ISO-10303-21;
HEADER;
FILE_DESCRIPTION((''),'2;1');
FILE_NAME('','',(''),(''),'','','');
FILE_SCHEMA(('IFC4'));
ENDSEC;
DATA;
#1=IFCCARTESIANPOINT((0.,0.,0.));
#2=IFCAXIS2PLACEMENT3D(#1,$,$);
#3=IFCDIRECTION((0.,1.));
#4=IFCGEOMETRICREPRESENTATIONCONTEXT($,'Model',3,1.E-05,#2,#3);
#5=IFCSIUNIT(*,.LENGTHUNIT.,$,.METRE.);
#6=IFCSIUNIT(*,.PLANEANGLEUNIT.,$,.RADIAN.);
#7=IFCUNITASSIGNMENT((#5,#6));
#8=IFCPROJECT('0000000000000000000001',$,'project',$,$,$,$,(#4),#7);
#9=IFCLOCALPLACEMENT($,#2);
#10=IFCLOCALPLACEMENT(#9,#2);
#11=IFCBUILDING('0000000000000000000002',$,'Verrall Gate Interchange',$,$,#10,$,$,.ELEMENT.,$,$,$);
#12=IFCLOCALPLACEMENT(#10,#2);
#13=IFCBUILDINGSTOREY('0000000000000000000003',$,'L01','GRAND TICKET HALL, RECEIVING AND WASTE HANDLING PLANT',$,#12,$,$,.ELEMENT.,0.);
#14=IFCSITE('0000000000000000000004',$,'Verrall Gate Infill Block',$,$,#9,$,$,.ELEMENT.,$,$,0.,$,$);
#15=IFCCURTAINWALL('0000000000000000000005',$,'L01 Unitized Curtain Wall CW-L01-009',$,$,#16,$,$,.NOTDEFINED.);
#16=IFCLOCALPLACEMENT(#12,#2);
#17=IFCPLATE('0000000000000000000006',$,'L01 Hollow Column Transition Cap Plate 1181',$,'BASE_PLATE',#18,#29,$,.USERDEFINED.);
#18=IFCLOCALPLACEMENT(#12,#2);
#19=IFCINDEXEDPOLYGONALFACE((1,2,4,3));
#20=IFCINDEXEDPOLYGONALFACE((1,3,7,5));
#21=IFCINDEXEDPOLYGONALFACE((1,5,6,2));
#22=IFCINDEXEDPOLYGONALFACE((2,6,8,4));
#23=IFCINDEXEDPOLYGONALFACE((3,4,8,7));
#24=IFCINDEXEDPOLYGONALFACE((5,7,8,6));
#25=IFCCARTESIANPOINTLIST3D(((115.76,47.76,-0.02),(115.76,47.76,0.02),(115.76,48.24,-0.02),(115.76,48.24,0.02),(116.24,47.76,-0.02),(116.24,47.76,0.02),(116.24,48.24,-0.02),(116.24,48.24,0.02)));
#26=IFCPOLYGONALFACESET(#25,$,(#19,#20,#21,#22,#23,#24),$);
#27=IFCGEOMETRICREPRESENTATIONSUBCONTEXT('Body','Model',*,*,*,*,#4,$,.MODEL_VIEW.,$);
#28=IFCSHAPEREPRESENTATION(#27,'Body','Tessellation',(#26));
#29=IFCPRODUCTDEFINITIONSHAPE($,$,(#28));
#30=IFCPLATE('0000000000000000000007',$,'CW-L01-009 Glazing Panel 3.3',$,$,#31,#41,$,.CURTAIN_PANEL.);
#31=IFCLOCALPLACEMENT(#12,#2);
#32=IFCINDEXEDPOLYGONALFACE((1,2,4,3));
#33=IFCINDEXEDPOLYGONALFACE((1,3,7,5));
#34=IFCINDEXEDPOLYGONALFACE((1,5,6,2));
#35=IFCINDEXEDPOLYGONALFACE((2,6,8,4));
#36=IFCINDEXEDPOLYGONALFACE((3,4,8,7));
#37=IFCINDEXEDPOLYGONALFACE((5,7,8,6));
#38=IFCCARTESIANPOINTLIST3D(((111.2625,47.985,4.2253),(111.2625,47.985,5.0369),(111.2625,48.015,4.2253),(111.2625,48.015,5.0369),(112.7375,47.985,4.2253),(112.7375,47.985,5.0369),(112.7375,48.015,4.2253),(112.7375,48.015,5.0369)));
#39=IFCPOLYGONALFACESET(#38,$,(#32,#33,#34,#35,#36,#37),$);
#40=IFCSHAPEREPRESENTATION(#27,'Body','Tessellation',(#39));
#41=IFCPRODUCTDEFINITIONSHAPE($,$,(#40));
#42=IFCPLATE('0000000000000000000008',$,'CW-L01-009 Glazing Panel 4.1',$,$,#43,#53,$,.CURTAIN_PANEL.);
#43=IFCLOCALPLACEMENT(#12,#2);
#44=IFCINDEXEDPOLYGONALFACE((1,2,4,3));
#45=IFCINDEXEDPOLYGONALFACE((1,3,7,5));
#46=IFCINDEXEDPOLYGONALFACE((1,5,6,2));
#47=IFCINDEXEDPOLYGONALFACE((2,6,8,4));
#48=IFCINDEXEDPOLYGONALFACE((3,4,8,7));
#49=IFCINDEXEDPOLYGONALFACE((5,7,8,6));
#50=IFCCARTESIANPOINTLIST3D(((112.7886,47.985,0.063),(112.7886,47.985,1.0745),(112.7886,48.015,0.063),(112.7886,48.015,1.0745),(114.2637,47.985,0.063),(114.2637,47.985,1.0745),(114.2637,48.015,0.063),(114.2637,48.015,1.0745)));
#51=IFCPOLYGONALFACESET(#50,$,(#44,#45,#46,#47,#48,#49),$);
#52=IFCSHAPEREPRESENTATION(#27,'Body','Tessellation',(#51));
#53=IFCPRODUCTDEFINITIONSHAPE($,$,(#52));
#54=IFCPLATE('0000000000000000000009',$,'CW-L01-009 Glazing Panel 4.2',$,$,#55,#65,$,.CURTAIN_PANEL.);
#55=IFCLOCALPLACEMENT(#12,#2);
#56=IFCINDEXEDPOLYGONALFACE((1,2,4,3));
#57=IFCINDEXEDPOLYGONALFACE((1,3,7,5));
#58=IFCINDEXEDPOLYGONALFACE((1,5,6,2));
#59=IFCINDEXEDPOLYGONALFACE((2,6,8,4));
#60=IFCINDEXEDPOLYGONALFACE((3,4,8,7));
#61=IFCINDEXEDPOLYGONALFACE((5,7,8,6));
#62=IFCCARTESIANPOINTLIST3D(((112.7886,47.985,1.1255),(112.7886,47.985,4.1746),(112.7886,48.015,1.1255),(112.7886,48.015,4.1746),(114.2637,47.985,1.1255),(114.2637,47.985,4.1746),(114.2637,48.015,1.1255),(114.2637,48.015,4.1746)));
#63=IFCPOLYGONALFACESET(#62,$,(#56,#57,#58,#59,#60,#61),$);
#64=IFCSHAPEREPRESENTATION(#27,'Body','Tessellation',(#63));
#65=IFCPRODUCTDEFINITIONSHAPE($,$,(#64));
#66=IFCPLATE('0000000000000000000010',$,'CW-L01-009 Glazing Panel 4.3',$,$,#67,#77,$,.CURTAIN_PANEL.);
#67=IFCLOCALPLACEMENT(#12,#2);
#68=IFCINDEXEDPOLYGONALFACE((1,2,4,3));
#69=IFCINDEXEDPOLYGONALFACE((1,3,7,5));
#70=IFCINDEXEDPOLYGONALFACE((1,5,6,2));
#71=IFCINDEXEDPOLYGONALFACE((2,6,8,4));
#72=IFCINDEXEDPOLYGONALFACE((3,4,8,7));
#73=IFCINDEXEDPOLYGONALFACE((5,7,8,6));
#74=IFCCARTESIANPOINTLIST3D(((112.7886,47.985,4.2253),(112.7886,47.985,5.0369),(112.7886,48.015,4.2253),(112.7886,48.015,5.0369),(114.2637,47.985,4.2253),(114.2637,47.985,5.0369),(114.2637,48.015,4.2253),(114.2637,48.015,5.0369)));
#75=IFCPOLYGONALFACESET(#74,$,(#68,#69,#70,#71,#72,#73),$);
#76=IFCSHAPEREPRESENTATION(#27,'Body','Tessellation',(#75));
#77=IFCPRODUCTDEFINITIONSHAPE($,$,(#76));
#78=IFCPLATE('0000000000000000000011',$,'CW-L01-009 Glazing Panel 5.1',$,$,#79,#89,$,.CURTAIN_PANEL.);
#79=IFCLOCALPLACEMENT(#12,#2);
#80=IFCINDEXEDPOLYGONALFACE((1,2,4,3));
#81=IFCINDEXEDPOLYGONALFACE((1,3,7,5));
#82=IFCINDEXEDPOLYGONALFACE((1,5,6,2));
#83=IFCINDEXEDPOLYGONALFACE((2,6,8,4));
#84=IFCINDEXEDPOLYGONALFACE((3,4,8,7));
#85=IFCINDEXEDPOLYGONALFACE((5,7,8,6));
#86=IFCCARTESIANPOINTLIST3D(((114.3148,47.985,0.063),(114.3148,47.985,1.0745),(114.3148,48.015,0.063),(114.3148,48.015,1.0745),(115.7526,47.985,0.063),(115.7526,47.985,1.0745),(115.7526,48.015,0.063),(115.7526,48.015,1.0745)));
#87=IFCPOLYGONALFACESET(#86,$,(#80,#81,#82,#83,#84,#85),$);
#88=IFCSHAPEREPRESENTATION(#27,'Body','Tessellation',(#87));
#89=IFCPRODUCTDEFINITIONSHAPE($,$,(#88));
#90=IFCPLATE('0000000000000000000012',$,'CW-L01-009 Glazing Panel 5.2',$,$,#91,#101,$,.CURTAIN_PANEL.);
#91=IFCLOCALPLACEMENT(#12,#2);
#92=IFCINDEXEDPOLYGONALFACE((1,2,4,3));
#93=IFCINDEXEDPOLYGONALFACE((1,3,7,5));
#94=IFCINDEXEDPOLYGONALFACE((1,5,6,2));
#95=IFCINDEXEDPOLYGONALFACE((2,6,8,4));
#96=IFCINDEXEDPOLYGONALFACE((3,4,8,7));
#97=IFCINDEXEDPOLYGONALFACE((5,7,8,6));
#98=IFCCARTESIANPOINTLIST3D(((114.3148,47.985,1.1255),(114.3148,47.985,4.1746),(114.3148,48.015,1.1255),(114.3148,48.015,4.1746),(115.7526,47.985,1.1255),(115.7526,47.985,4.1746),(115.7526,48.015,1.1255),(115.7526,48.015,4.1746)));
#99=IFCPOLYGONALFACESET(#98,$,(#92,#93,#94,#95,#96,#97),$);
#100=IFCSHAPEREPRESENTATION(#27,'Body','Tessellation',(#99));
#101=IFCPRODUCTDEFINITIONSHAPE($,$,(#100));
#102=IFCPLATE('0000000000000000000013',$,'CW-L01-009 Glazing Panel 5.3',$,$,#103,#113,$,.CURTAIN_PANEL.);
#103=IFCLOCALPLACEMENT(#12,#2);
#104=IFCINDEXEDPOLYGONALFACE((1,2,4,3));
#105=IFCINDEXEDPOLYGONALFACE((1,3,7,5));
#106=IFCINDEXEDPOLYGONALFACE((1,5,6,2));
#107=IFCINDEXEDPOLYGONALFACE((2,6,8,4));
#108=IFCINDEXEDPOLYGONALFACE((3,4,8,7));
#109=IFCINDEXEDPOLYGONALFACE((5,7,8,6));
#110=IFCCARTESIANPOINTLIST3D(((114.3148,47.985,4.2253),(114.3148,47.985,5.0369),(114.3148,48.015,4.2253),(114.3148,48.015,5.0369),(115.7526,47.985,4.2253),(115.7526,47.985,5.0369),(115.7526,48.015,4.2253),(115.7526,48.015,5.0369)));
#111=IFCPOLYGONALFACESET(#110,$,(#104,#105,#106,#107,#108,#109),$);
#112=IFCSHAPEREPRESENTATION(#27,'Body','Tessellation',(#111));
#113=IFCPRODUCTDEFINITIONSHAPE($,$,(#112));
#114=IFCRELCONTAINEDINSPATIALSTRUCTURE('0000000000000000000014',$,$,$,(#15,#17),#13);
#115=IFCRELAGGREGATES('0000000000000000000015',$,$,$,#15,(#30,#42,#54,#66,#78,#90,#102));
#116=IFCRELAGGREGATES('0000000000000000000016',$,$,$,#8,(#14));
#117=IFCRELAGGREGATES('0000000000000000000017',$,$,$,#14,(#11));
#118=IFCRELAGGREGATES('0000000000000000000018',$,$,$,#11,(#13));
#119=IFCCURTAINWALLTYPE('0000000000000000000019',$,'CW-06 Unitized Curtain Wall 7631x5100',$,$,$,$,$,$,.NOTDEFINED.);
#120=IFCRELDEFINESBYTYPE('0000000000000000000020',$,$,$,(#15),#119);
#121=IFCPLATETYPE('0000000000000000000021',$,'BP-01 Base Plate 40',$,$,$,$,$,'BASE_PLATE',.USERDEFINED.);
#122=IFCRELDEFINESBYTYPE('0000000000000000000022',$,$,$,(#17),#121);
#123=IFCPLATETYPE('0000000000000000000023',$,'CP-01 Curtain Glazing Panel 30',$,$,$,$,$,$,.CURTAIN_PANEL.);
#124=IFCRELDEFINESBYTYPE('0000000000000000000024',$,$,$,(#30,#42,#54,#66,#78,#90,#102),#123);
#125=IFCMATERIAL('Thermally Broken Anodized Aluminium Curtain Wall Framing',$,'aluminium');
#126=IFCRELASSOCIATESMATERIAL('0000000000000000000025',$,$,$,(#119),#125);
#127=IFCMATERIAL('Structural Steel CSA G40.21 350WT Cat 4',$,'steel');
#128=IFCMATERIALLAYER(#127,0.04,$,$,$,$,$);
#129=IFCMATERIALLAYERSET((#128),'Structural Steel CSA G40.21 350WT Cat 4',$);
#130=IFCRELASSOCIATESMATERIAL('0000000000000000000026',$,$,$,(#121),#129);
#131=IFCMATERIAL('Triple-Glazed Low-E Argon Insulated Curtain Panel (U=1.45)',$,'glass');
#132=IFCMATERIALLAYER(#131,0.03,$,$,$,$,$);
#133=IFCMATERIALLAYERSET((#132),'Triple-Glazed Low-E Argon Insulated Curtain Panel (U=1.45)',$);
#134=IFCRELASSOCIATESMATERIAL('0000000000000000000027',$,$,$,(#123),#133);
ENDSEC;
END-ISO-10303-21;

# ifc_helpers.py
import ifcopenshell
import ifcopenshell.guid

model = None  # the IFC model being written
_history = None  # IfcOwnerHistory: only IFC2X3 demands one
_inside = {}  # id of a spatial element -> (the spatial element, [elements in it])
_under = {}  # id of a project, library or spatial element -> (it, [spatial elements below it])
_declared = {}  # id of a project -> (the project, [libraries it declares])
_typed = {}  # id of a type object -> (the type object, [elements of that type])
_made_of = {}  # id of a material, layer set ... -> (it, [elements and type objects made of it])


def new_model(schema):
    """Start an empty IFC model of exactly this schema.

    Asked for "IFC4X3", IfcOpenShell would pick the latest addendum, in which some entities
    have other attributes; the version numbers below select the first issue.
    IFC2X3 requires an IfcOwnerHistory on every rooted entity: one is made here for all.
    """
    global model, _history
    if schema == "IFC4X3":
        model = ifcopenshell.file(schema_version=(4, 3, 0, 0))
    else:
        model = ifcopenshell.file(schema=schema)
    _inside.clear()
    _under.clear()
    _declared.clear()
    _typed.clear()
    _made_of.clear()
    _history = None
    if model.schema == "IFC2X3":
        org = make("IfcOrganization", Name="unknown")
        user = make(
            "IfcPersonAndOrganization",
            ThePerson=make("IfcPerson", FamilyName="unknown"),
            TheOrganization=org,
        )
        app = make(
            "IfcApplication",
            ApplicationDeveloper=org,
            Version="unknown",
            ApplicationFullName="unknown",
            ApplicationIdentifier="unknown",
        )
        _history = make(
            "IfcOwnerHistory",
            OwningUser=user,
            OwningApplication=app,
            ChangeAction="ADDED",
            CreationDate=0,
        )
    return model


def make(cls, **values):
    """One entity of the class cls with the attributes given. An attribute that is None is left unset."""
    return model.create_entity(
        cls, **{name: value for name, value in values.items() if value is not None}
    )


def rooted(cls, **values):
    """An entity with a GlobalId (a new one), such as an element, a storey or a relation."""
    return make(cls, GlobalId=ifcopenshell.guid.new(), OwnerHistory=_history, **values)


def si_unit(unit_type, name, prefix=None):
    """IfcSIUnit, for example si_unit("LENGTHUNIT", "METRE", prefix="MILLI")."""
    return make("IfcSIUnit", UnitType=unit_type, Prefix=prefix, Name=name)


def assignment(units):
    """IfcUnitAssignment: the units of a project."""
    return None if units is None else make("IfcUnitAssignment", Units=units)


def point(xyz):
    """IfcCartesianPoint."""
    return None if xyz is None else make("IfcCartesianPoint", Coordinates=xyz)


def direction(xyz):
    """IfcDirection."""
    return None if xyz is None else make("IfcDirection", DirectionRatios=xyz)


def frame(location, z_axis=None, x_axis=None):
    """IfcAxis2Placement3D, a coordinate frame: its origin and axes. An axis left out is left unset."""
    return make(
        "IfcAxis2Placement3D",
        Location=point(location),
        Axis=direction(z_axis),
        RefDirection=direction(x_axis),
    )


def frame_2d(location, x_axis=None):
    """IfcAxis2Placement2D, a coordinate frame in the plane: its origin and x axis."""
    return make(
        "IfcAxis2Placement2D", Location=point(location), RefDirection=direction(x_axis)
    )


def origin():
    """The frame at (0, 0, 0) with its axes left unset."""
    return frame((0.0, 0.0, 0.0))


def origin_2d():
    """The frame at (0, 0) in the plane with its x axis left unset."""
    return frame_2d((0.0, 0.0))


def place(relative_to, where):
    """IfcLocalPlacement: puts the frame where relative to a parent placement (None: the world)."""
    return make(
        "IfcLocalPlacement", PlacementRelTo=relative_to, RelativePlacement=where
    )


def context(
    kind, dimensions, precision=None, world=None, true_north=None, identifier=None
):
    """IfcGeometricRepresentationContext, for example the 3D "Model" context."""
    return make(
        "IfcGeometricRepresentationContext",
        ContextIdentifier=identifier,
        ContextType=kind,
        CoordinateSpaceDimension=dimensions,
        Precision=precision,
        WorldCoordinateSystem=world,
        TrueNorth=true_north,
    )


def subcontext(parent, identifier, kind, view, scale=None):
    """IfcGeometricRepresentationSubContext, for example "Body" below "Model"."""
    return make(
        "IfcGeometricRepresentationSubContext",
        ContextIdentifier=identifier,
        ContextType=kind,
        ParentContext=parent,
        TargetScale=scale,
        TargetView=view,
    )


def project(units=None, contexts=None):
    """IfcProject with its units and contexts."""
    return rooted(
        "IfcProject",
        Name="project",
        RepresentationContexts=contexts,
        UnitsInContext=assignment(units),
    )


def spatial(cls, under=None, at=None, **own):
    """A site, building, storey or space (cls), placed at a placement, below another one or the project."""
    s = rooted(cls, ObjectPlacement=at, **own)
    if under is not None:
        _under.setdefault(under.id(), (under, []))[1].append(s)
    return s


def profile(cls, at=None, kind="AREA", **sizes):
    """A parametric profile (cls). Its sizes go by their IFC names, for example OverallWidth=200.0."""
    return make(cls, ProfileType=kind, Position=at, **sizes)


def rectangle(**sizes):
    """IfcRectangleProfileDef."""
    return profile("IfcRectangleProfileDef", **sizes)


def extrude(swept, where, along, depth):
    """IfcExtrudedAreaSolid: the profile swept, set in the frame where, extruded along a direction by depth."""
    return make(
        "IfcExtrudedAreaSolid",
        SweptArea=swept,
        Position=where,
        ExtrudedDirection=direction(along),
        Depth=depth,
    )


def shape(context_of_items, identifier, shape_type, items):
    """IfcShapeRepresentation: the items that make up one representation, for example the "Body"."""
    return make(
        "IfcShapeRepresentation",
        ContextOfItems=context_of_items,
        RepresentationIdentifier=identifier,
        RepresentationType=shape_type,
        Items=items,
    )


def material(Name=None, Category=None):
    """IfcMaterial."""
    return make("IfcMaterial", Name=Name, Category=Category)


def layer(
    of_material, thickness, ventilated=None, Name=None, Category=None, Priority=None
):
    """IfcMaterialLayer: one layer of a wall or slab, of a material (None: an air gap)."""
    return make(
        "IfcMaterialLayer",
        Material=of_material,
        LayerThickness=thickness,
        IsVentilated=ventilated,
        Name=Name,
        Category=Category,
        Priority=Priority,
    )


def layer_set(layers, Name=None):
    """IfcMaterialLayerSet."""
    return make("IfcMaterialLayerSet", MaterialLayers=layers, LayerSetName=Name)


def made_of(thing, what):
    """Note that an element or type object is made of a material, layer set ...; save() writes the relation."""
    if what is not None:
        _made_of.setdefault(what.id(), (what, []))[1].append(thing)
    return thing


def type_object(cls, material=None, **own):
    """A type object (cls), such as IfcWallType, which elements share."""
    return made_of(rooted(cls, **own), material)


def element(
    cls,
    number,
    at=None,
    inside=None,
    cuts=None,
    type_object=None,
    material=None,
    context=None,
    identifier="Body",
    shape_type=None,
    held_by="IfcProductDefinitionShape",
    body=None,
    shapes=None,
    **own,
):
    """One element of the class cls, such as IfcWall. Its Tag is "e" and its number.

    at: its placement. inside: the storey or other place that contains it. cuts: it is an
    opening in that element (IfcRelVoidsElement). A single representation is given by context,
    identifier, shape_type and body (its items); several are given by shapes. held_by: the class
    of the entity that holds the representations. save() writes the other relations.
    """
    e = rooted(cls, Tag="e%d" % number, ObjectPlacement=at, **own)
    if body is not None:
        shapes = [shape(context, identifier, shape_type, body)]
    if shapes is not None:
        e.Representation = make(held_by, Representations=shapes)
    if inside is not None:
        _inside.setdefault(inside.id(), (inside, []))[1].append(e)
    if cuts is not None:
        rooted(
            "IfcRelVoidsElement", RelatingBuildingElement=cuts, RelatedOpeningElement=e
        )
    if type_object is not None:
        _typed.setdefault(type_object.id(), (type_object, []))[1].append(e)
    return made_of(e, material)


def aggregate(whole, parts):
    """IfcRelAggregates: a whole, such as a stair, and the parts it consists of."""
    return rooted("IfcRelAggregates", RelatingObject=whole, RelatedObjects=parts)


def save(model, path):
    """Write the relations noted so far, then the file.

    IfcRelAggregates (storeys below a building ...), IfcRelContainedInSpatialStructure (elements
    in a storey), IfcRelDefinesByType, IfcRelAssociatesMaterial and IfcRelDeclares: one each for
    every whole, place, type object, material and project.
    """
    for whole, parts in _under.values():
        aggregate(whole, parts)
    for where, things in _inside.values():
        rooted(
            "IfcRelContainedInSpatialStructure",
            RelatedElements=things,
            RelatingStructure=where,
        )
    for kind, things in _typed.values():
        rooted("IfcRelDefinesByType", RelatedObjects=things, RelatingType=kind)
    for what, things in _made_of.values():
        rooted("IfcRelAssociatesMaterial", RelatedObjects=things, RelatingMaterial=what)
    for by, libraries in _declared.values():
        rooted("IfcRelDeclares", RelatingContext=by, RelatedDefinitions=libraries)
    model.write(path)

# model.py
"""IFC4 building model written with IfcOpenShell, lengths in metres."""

from ifc_helpers import new_model, si_unit, direction, frame, origin, origin_2d, place, context, subcontext, project, spatial, rectangle, extrude, material, layer, layer_set, type_object, element, aggregate, save


model = new_model("IFC4")

# Units and contexts
model_context = context("Model", 3, precision=1e-05, world=origin(), true_north=direction((0.0, 1.0)))
body_context = subcontext(model_context, "Body", "Model", "MODEL_VIEW")
ifc_project = project(units=[si_unit("LENGTHUNIT", "METRE"), si_unit("PLANEANGLEUNIT", "RADIAN")], contexts=[model_context])

# Site, building, storey
site_placement = place(None, origin())
site = spatial("IfcSite", under=ifc_project, at=site_placement, Name="Verrall Gate Infill Block", CompositionType="ELEMENT", RefElevation=0.0)
building_placement = place(site_placement, origin())
building = spatial("IfcBuilding", under=site, at=building_placement, Name="Verrall Gate Interchange", CompositionType="ELEMENT")
storey_placement = place(building_placement, origin())
storey = spatial("IfcBuildingStorey", under=building, at=storey_placement, Name="L01", Description="GRAND TICKET HALL, RECEIVING AND WASTE HANDLING PLANT", CompositionType="ELEMENT", Elevation=0.0)

# Curtain wall
ifc_material_1 = material(Name="Thermally Broken Anodized Aluminium Curtain Wall Framing", Category="aluminium")
curtain_wall_type = type_object("IfcCurtainWallType", Name="CW-06 Unitized Curtain Wall 7631x5100", PredefinedType="NOTDEFINED", material=ifc_material_1)
curtain_wall_1_placement = place(storey_placement, origin())
curtain_wall_1 = element("IfcCurtainWall", 1, at=curtain_wall_1_placement, inside=storey, type_object=curtain_wall_type, Name="L01 Unitized Curtain Wall CW-L01-009", PredefinedType="NOTDEFINED")

# Plates
ifc_material_2 = material(Name="Structural Steel CSA G40.21 350WT Cat 4", Category="steel")
ifc_layer_1 = layer(ifc_material_2, 0.04)
ifc_layer_set_1 = layer_set([ifc_layer_1], Name="Structural Steel CSA G40.21 350WT Cat 4")
plate_type_1 = type_object("IfcPlateType", Name="BP-01 Base Plate 40", ElementType="BASE_PLATE", PredefinedType="USERDEFINED", material=ifc_layer_set_1)
plate_1_placement = place(storey_placement, frame((116.0, 48.0, -0.02), z_axis=(0.0, 0.0, 1.0), x_axis=(1.0, 0.0, 0.0)))
element("IfcPlate", 2, at=plate_1_placement, inside=storey, type_object=plate_type_1, Name="L01 Hollow Column Transition Cap Plate 1181", ObjectType="BASE_PLATE", PredefinedType="USERDEFINED", context=body_context, shape_type="SweptSolid", body=[
    extrude(rectangle(XDim=0.48, YDim=0.48, at=origin_2d()), origin(), (0.0, 0.0, 1.0), 0.04),
])
ifc_material_3 = material(Name="Triple-Glazed Low-E Argon Insulated Curtain Panel (U=1.45)", Category="glass")
ifc_layer_2 = layer(ifc_material_3, 0.03)
ifc_layer_set_2 = layer_set([ifc_layer_2], Name="Triple-Glazed Low-E Argon Insulated Curtain Panel (U=1.45)")
plate_type_2 = type_object("IfcPlateType", Name="CP-01 Curtain Glazing Panel 30", PredefinedType="CURTAIN_PANEL", material=ifc_layer_set_2)
plate_2_placement = place(storey_placement, frame((112.0, 48.0, 4.2253), z_axis=(0.0, 0.0, 1.0), x_axis=(1.0, 0.0, 0.0)))
plate_2 = element("IfcPlate", 3, at=plate_2_placement, type_object=plate_type_2, Name="CW-L01-009 Glazing Panel 3.3", PredefinedType="CURTAIN_PANEL", context=body_context, shape_type="SweptSolid", body=[
    extrude(rectangle(XDim=1.4751, YDim=0.03, at=origin_2d()), origin(), (0.0, 0.0, 1.0), 0.8115),
])
plate_3_placement = place(storey_placement, frame((113.5261, 48.0, 0.063), z_axis=(0.0, 0.0, 1.0), x_axis=(1.0, 0.0, 0.0)))
plate_3 = element("IfcPlate", 4, at=plate_3_placement, type_object=plate_type_2, Name="CW-L01-009 Glazing Panel 4.1", PredefinedType="CURTAIN_PANEL", context=body_context, shape_type="SweptSolid", body=[
    extrude(rectangle(XDim=1.4751, YDim=0.03, at=origin_2d()), origin(), (0.0, 0.0, 1.0), 1.0115),
])
plate_4_placement = place(storey_placement, frame((113.5261, 48.0, 1.1255), z_axis=(0.0, 0.0, 1.0), x_axis=(1.0, 0.0, 0.0)))
plate_4 = element("IfcPlate", 5, at=plate_4_placement, type_object=plate_type_2, Name="CW-L01-009 Glazing Panel 4.2", PredefinedType="CURTAIN_PANEL", context=body_context, shape_type="SweptSolid", body=[
    extrude(rectangle(XDim=1.4751, YDim=0.03, at=origin_2d()), origin(), (0.0, 0.0, 1.0), 3.0491),
])
plate_5_placement = place(storey_placement, frame((113.5261, 48.0, 4.2253), z_axis=(0.0, 0.0, 1.0), x_axis=(1.0, 0.0, 0.0)))
plate_5 = element("IfcPlate", 6, at=plate_5_placement, type_object=plate_type_2, Name="CW-L01-009 Glazing Panel 4.3", PredefinedType="CURTAIN_PANEL", context=body_context, shape_type="SweptSolid", body=[
    extrude(rectangle(XDim=1.4751, YDim=0.03, at=origin_2d()), origin(), (0.0, 0.0, 1.0), 0.8115),
])
plate_6_placement = place(storey_placement, frame((115.0337, 48.0, 0.063), z_axis=(0.0, 0.0, 1.0), x_axis=(1.0, 0.0, 0.0)))
plate_6 = element("IfcPlate", 7, at=plate_6_placement, type_object=plate_type_2, Name="CW-L01-009 Glazing Panel 5.1", PredefinedType="CURTAIN_PANEL", context=body_context, shape_type="SweptSolid", body=[
    extrude(rectangle(XDim=1.4377, YDim=0.03, at=origin_2d()), origin(), (0.0, 0.0, 1.0), 1.0115),
])
plate_7_placement = place(storey_placement, frame((115.0337, 48.0, 1.1255), z_axis=(0.0, 0.0, 1.0), x_axis=(1.0, 0.0, 0.0)))
plate_7 = element("IfcPlate", 8, at=plate_7_placement, type_object=plate_type_2, Name="CW-L01-009 Glazing Panel 5.2", PredefinedType="CURTAIN_PANEL", context=body_context, shape_type="SweptSolid", body=[
    extrude(rectangle(XDim=1.4377, YDim=0.03, at=origin_2d()), origin(), (0.0, 0.0, 1.0), 3.0491),
])
plate_8_placement = place(storey_placement, frame((115.0337, 48.0, 4.2253), z_axis=(0.0, 0.0, 1.0), x_axis=(1.0, 0.0, 0.0)))
plate_8 = element("IfcPlate", 9, at=plate_8_placement, type_object=plate_type_2, Name="CW-L01-009 Glazing Panel 5.3", PredefinedType="CURTAIN_PANEL", context=body_context, shape_type="SweptSolid", body=[
    extrude(rectangle(XDim=1.4377, YDim=0.03, at=origin_2d()), origin(), (0.0, 0.0, 1.0), 0.8115),
])
aggregate(curtain_wall_1, [plate_2, plate_3, plate_4, plate_5, plate_6, plate_7, plate_8])

save(model, "model.ifc")
